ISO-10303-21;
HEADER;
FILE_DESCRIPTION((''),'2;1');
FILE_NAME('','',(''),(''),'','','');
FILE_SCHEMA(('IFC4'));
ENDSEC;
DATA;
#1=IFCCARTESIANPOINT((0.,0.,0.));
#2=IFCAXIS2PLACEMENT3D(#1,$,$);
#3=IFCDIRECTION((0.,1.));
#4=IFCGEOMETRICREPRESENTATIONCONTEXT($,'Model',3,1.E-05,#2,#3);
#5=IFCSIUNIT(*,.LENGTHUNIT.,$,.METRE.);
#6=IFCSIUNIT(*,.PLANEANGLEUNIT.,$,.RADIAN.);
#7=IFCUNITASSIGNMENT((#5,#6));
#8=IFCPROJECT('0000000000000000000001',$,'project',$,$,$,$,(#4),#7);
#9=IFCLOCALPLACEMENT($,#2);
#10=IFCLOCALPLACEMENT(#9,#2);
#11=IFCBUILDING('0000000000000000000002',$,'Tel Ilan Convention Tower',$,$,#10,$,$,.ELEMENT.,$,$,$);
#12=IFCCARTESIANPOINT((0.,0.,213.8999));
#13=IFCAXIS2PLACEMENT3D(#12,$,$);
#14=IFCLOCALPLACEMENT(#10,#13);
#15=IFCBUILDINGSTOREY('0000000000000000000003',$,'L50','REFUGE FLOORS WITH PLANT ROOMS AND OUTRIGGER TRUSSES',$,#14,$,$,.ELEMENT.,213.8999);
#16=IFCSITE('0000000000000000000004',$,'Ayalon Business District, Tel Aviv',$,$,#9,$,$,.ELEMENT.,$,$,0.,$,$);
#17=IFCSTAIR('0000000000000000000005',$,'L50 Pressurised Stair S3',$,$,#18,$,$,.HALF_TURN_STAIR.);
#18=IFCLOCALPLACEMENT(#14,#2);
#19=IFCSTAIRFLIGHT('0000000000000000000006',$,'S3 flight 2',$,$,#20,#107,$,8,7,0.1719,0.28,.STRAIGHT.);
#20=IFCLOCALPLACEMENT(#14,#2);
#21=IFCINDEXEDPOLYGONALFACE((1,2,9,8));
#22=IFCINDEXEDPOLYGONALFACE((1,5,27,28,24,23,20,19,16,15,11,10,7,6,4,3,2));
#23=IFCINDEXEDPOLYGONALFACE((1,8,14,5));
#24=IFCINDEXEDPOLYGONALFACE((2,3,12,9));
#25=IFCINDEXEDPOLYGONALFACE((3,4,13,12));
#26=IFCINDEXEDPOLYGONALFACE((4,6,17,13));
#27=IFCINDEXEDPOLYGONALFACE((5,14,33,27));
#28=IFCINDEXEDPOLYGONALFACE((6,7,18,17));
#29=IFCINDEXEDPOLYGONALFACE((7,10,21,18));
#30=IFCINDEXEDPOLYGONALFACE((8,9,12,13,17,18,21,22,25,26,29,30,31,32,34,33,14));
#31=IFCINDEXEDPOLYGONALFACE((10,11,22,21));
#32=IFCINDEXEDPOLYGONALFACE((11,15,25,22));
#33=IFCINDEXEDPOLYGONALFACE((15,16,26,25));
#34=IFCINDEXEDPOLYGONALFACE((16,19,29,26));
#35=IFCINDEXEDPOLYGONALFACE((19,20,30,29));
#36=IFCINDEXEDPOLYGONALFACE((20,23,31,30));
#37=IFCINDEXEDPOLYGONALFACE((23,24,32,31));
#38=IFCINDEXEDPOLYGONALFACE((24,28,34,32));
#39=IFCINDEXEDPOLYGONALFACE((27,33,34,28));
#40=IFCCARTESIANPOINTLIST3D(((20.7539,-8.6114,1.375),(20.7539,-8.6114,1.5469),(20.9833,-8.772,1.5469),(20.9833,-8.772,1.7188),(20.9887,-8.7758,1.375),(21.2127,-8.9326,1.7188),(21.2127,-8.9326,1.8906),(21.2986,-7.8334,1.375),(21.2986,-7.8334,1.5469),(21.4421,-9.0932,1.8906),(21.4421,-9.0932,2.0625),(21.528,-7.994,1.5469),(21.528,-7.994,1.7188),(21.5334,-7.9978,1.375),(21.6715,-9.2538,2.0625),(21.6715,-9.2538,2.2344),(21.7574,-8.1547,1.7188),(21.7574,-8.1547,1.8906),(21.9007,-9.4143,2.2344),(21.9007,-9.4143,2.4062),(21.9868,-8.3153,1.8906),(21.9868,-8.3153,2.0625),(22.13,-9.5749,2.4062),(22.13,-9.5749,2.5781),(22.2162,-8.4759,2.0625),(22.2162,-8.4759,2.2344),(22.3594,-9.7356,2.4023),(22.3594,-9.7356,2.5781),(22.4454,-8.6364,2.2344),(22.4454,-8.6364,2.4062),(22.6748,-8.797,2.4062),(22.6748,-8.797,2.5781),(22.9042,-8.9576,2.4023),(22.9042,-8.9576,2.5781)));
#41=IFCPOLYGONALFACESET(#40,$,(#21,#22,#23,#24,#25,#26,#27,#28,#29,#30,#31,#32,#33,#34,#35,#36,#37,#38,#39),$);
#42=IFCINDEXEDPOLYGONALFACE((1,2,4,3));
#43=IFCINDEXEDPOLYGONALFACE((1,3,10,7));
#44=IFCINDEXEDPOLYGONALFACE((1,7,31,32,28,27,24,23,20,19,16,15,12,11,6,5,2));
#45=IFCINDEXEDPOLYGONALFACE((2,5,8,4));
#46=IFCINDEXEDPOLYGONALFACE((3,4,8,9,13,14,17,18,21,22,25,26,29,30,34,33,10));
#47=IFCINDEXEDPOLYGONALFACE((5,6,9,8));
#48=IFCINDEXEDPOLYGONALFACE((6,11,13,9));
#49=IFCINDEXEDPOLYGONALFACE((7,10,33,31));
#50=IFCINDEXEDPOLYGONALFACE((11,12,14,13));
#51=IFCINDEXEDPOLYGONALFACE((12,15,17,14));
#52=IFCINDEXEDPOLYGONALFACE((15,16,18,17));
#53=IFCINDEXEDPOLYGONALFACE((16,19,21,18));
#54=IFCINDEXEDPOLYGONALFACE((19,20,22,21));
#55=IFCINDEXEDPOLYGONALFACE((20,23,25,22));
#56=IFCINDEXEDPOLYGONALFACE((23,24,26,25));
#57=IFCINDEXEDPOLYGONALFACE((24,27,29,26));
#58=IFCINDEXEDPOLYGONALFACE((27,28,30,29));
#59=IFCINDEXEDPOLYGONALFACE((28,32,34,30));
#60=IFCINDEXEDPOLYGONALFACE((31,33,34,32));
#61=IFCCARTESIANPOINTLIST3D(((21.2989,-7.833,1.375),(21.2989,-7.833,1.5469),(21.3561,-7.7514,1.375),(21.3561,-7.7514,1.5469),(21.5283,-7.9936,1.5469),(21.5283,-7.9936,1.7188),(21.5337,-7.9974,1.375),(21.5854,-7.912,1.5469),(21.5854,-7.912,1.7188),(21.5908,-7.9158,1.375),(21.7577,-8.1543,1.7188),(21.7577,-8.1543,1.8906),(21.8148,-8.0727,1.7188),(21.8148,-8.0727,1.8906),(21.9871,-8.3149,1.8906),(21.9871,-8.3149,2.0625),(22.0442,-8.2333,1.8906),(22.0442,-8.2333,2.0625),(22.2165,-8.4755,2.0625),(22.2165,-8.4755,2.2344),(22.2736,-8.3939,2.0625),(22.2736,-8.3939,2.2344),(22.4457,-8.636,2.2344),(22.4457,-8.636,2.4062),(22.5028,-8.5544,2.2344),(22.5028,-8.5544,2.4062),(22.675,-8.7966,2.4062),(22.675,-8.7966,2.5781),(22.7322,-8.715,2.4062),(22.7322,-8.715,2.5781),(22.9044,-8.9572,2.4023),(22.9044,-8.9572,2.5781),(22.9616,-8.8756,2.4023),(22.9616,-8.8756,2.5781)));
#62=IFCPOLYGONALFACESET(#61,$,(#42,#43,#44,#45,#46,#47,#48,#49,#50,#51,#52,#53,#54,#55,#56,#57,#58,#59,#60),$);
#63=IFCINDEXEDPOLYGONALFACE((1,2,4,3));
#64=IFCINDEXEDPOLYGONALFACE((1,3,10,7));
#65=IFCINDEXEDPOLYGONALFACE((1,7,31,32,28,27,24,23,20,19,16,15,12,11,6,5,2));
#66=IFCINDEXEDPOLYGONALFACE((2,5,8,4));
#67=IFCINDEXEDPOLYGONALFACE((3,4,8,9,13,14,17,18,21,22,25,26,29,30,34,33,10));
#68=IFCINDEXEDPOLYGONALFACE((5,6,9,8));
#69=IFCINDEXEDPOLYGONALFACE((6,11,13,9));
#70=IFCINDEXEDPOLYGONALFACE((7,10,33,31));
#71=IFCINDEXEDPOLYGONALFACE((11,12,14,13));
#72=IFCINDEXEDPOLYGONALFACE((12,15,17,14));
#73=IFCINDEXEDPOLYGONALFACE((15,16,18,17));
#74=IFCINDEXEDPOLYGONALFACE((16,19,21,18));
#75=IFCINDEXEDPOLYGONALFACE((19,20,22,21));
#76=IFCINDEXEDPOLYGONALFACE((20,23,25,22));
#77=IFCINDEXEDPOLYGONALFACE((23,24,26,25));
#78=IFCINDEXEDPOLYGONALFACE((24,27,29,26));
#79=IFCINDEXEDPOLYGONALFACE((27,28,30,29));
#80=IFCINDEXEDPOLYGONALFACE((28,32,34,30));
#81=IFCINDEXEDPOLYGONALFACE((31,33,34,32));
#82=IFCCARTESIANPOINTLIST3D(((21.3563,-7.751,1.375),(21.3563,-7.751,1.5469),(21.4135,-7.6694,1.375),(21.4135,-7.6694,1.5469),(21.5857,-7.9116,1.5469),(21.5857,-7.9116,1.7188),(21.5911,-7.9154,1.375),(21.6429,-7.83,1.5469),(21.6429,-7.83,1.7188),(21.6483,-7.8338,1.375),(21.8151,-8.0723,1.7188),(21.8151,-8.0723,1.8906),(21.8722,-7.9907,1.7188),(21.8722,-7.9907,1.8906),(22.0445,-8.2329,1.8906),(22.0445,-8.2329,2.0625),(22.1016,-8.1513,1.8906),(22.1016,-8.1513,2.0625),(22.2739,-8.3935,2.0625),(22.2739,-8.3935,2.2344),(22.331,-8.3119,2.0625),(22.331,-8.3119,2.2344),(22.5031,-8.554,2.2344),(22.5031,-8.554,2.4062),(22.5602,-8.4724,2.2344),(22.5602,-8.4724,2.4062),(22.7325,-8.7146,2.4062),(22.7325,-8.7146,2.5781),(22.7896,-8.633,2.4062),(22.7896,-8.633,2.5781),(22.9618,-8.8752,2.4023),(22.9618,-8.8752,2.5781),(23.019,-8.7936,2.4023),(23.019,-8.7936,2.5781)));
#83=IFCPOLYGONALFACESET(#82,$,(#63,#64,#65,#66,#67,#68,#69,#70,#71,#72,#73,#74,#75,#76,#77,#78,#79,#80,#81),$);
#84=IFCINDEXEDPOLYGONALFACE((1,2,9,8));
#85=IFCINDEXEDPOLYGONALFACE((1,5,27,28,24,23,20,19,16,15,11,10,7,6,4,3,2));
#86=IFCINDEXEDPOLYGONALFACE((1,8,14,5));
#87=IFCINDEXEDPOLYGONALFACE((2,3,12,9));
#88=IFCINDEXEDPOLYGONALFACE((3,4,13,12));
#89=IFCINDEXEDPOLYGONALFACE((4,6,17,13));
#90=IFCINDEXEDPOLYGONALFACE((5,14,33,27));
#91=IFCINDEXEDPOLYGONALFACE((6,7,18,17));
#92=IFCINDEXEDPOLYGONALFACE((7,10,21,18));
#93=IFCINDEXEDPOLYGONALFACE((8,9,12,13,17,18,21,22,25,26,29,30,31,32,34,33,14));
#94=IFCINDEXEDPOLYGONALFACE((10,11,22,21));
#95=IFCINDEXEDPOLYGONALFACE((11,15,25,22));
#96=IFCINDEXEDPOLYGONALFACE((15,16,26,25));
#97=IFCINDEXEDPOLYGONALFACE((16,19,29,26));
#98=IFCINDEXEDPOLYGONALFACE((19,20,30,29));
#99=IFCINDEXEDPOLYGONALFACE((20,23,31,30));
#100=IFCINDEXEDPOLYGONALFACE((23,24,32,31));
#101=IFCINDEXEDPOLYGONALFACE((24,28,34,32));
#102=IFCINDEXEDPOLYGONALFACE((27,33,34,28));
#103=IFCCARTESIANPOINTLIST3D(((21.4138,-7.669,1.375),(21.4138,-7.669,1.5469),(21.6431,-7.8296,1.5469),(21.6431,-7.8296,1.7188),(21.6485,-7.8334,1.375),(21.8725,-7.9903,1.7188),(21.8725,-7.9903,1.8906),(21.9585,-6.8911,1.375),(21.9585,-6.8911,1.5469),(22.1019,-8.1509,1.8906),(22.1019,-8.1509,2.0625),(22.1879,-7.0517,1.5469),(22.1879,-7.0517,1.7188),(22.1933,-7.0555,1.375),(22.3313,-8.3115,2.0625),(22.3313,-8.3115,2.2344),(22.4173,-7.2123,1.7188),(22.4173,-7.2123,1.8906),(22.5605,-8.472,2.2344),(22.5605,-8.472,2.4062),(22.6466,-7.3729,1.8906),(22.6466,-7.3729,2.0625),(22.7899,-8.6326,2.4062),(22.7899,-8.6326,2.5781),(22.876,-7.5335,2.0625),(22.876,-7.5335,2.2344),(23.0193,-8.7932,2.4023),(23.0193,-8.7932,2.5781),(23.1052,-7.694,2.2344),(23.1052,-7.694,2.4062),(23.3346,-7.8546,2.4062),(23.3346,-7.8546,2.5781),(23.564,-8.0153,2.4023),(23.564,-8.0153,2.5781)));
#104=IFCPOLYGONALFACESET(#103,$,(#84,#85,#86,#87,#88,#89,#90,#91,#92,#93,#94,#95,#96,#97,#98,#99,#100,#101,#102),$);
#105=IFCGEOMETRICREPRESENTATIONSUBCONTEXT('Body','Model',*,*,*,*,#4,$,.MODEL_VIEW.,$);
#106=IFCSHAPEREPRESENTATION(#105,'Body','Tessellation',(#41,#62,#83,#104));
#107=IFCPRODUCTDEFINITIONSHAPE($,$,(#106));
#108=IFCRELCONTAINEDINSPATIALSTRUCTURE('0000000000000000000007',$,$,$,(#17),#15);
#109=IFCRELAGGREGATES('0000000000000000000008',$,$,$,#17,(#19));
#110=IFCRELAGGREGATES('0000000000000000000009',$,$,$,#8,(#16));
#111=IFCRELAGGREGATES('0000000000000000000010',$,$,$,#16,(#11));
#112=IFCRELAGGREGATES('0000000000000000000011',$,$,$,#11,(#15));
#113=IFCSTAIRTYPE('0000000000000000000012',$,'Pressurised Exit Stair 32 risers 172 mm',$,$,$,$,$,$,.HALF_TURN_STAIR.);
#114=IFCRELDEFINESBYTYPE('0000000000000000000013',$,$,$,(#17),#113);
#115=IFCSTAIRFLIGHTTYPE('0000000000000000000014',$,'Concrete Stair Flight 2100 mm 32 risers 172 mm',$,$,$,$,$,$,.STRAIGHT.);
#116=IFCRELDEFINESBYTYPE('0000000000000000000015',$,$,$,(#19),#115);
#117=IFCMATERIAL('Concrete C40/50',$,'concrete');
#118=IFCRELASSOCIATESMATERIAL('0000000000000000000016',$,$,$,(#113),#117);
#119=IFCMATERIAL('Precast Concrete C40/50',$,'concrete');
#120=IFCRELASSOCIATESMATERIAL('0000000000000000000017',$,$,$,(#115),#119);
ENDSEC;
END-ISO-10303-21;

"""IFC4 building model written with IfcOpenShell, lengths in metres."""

from ifc_helpers import new_model, si_unit, direction, frame, origin, place, context, subcontext, project, spatial, polyline, outline, extrude, material, type_object, element, aggregate, save


model = new_model("IFC4")

# Units and contexts
model_context = context("Model", 3, precision=1e-05, world=origin(), true_north=direction((0.0, 1.0)))
body_context = subcontext(model_context, "Body", "Model", "MODEL_VIEW")
ifc_project = project(units=[si_unit("LENGTHUNIT", "METRE"), si_unit("PLANEANGLEUNIT", "RADIAN")], contexts=[model_context])

# Site, building, storey
site_placement = place(None, origin())
site = spatial("IfcSite", under=ifc_project, at=site_placement, Name="Ayalon Business District, Tel Aviv", CompositionType="ELEMENT", RefElevation=0.0)
building_placement = place(site_placement, origin())
building = spatial("IfcBuilding", under=site, at=building_placement, Name="Tel Ilan Convention Tower", CompositionType="ELEMENT")
storey_placement = place(building_placement, frame((0.0, 0.0, 213.8999)))
storey = spatial("IfcBuildingStorey", under=building, at=storey_placement, Name="L50", Description="REFUGE FLOORS WITH PLANT ROOMS AND OUTRIGGER TRUSSES", CompositionType="ELEMENT", Elevation=213.8999)

# Stair, stair flight
ifc_material_1 = material(Name="Concrete C40/50", Category="concrete")
stair_type = type_object("IfcStairType", Name="Pressurised Exit Stair 32 risers 172 mm", PredefinedType="HALF_TURN_STAIR", material=ifc_material_1)
stair_1_placement = place(storey_placement, origin())
stair_1 = element("IfcStair", 1, at=stair_1_placement, inside=storey, type_object=stair_type, Name="L50 Pressurised Stair S3", PredefinedType="HALF_TURN_STAIR")
ifc_material_2 = material(Name="Precast Concrete C40/50", Category="concrete")
stair_flight_type = type_object("IfcStairFlightType", Name="Concrete Stair Flight 2100 mm 32 risers 172 mm", PredefinedType="STRAIGHT", material=ifc_material_2)
stair_flight_1_placement = place(storey_placement, frame((21.3562, -7.7512, 1.375), z_axis=(0.0, 0.0, 1.0), x_axis=(0.819152, -0.573576, 0.0)))
stair_flight_1 = element("IfcStairFlight", 2, at=stair_flight_1_placement, type_object=stair_flight_type, Name="S3 flight 2", NumberOfRisers=8, NumberOfTreads=7, PredefinedType="STRAIGHT", RiserHeight=0.1719, TreadLength=0.28, context=body_context, shape_type="SweptSolid", body=[
    extrude(outline(polyline([(0.0, 0.0), (0.0, 0.1719), (0.28, 0.1719), (0.28, 0.3438), (0.5601, 0.3438), (0.5601, 0.5156), (0.8401, 0.5156), (0.8401, 0.6875), (1.1201, 0.6875), (1.1201, 0.8594), (1.3999, 0.8594), (1.3999, 1.0312), (1.6799, 1.0312), (1.6799, 1.2031), (1.96, 1.2031), (1.96, 1.375), (1.96, 1.0273), (0.2866, 0.0), (0.0, 0.0)])), frame((0.0, -0.1003, 0.0), z_axis=(0.0, -1.0, 0.0), x_axis=(1.0, 0.0, 0.0)), (0.0, 0.0, 1.0), 0.9497),
    extrude(outline(polyline([(0.0, 0.0), (0.0, 0.1719), (0.28, 0.1719), (0.28, 0.3438), (0.5601, 0.3438), (0.5601, 0.5156), (0.8401, 0.5156), (0.8401, 0.6875), (1.1201, 0.6875), (1.1201, 0.8594), (1.3999, 0.8594), (1.3999, 1.0312), (1.6799, 1.0312), (1.6799, 1.2031), (1.96, 1.2031), (1.96, 1.375), (1.96, 1.0273), (0.2866, 0.0), (0.0, 0.0)])), frame((0.0, -0.0002, 0.0), z_axis=(0.0, -1.0, 0.0), x_axis=(1.0, 0.0, 0.0)), (0.0, 0.0, 1.0), 0.0996),
    extrude(outline(polyline([(0.0, 0.0), (0.0, 0.1719), (0.28, 0.1719), (0.28, 0.3438), (0.5601, 0.3438), (0.5601, 0.5156), (0.8401, 0.5156), (0.8401, 0.6875), (1.1201, 0.6875), (1.1201, 0.8594), (1.3999, 0.8594), (1.3999, 1.0312), (1.6799, 1.0312), (1.6799, 1.2031), (1.96, 1.2031), (1.96, 1.375), (1.96, 1.0273), (0.2866, 0.0), (0.0, 0.0)])), frame((0.0, 0.0999, 0.0), z_axis=(0.0, -1.0, 0.0), x_axis=(1.0, 0.0, 0.0)), (0.0, 0.0, 1.0), 0.0996),
    extrude(outline(polyline([(0.0, 0.0), (0.0, 0.1719), (0.28, 0.1719), (0.28, 0.3438), (0.5601, 0.3438), (0.5601, 0.5156), (0.8401, 0.5156), (0.8401, 0.6875), (1.1201, 0.6875), (1.1201, 0.8594), (1.3999, 0.8594), (1.3999, 1.0312), (1.6799, 1.0312), (1.6799, 1.2031), (1.96, 1.2031), (1.96, 1.375), (1.96, 1.0273), (0.2866, 0.0), (0.0, 0.0)])), frame((0.0, 1.05, 0.0), z_axis=(0.0, -1.0, 0.0), x_axis=(1.0, 0.0, 0.0)), (0.0, 0.0, 1.0), 0.9497),
])
aggregate(stair_1, [stair_flight_1])

save(model, "model.ifc")
